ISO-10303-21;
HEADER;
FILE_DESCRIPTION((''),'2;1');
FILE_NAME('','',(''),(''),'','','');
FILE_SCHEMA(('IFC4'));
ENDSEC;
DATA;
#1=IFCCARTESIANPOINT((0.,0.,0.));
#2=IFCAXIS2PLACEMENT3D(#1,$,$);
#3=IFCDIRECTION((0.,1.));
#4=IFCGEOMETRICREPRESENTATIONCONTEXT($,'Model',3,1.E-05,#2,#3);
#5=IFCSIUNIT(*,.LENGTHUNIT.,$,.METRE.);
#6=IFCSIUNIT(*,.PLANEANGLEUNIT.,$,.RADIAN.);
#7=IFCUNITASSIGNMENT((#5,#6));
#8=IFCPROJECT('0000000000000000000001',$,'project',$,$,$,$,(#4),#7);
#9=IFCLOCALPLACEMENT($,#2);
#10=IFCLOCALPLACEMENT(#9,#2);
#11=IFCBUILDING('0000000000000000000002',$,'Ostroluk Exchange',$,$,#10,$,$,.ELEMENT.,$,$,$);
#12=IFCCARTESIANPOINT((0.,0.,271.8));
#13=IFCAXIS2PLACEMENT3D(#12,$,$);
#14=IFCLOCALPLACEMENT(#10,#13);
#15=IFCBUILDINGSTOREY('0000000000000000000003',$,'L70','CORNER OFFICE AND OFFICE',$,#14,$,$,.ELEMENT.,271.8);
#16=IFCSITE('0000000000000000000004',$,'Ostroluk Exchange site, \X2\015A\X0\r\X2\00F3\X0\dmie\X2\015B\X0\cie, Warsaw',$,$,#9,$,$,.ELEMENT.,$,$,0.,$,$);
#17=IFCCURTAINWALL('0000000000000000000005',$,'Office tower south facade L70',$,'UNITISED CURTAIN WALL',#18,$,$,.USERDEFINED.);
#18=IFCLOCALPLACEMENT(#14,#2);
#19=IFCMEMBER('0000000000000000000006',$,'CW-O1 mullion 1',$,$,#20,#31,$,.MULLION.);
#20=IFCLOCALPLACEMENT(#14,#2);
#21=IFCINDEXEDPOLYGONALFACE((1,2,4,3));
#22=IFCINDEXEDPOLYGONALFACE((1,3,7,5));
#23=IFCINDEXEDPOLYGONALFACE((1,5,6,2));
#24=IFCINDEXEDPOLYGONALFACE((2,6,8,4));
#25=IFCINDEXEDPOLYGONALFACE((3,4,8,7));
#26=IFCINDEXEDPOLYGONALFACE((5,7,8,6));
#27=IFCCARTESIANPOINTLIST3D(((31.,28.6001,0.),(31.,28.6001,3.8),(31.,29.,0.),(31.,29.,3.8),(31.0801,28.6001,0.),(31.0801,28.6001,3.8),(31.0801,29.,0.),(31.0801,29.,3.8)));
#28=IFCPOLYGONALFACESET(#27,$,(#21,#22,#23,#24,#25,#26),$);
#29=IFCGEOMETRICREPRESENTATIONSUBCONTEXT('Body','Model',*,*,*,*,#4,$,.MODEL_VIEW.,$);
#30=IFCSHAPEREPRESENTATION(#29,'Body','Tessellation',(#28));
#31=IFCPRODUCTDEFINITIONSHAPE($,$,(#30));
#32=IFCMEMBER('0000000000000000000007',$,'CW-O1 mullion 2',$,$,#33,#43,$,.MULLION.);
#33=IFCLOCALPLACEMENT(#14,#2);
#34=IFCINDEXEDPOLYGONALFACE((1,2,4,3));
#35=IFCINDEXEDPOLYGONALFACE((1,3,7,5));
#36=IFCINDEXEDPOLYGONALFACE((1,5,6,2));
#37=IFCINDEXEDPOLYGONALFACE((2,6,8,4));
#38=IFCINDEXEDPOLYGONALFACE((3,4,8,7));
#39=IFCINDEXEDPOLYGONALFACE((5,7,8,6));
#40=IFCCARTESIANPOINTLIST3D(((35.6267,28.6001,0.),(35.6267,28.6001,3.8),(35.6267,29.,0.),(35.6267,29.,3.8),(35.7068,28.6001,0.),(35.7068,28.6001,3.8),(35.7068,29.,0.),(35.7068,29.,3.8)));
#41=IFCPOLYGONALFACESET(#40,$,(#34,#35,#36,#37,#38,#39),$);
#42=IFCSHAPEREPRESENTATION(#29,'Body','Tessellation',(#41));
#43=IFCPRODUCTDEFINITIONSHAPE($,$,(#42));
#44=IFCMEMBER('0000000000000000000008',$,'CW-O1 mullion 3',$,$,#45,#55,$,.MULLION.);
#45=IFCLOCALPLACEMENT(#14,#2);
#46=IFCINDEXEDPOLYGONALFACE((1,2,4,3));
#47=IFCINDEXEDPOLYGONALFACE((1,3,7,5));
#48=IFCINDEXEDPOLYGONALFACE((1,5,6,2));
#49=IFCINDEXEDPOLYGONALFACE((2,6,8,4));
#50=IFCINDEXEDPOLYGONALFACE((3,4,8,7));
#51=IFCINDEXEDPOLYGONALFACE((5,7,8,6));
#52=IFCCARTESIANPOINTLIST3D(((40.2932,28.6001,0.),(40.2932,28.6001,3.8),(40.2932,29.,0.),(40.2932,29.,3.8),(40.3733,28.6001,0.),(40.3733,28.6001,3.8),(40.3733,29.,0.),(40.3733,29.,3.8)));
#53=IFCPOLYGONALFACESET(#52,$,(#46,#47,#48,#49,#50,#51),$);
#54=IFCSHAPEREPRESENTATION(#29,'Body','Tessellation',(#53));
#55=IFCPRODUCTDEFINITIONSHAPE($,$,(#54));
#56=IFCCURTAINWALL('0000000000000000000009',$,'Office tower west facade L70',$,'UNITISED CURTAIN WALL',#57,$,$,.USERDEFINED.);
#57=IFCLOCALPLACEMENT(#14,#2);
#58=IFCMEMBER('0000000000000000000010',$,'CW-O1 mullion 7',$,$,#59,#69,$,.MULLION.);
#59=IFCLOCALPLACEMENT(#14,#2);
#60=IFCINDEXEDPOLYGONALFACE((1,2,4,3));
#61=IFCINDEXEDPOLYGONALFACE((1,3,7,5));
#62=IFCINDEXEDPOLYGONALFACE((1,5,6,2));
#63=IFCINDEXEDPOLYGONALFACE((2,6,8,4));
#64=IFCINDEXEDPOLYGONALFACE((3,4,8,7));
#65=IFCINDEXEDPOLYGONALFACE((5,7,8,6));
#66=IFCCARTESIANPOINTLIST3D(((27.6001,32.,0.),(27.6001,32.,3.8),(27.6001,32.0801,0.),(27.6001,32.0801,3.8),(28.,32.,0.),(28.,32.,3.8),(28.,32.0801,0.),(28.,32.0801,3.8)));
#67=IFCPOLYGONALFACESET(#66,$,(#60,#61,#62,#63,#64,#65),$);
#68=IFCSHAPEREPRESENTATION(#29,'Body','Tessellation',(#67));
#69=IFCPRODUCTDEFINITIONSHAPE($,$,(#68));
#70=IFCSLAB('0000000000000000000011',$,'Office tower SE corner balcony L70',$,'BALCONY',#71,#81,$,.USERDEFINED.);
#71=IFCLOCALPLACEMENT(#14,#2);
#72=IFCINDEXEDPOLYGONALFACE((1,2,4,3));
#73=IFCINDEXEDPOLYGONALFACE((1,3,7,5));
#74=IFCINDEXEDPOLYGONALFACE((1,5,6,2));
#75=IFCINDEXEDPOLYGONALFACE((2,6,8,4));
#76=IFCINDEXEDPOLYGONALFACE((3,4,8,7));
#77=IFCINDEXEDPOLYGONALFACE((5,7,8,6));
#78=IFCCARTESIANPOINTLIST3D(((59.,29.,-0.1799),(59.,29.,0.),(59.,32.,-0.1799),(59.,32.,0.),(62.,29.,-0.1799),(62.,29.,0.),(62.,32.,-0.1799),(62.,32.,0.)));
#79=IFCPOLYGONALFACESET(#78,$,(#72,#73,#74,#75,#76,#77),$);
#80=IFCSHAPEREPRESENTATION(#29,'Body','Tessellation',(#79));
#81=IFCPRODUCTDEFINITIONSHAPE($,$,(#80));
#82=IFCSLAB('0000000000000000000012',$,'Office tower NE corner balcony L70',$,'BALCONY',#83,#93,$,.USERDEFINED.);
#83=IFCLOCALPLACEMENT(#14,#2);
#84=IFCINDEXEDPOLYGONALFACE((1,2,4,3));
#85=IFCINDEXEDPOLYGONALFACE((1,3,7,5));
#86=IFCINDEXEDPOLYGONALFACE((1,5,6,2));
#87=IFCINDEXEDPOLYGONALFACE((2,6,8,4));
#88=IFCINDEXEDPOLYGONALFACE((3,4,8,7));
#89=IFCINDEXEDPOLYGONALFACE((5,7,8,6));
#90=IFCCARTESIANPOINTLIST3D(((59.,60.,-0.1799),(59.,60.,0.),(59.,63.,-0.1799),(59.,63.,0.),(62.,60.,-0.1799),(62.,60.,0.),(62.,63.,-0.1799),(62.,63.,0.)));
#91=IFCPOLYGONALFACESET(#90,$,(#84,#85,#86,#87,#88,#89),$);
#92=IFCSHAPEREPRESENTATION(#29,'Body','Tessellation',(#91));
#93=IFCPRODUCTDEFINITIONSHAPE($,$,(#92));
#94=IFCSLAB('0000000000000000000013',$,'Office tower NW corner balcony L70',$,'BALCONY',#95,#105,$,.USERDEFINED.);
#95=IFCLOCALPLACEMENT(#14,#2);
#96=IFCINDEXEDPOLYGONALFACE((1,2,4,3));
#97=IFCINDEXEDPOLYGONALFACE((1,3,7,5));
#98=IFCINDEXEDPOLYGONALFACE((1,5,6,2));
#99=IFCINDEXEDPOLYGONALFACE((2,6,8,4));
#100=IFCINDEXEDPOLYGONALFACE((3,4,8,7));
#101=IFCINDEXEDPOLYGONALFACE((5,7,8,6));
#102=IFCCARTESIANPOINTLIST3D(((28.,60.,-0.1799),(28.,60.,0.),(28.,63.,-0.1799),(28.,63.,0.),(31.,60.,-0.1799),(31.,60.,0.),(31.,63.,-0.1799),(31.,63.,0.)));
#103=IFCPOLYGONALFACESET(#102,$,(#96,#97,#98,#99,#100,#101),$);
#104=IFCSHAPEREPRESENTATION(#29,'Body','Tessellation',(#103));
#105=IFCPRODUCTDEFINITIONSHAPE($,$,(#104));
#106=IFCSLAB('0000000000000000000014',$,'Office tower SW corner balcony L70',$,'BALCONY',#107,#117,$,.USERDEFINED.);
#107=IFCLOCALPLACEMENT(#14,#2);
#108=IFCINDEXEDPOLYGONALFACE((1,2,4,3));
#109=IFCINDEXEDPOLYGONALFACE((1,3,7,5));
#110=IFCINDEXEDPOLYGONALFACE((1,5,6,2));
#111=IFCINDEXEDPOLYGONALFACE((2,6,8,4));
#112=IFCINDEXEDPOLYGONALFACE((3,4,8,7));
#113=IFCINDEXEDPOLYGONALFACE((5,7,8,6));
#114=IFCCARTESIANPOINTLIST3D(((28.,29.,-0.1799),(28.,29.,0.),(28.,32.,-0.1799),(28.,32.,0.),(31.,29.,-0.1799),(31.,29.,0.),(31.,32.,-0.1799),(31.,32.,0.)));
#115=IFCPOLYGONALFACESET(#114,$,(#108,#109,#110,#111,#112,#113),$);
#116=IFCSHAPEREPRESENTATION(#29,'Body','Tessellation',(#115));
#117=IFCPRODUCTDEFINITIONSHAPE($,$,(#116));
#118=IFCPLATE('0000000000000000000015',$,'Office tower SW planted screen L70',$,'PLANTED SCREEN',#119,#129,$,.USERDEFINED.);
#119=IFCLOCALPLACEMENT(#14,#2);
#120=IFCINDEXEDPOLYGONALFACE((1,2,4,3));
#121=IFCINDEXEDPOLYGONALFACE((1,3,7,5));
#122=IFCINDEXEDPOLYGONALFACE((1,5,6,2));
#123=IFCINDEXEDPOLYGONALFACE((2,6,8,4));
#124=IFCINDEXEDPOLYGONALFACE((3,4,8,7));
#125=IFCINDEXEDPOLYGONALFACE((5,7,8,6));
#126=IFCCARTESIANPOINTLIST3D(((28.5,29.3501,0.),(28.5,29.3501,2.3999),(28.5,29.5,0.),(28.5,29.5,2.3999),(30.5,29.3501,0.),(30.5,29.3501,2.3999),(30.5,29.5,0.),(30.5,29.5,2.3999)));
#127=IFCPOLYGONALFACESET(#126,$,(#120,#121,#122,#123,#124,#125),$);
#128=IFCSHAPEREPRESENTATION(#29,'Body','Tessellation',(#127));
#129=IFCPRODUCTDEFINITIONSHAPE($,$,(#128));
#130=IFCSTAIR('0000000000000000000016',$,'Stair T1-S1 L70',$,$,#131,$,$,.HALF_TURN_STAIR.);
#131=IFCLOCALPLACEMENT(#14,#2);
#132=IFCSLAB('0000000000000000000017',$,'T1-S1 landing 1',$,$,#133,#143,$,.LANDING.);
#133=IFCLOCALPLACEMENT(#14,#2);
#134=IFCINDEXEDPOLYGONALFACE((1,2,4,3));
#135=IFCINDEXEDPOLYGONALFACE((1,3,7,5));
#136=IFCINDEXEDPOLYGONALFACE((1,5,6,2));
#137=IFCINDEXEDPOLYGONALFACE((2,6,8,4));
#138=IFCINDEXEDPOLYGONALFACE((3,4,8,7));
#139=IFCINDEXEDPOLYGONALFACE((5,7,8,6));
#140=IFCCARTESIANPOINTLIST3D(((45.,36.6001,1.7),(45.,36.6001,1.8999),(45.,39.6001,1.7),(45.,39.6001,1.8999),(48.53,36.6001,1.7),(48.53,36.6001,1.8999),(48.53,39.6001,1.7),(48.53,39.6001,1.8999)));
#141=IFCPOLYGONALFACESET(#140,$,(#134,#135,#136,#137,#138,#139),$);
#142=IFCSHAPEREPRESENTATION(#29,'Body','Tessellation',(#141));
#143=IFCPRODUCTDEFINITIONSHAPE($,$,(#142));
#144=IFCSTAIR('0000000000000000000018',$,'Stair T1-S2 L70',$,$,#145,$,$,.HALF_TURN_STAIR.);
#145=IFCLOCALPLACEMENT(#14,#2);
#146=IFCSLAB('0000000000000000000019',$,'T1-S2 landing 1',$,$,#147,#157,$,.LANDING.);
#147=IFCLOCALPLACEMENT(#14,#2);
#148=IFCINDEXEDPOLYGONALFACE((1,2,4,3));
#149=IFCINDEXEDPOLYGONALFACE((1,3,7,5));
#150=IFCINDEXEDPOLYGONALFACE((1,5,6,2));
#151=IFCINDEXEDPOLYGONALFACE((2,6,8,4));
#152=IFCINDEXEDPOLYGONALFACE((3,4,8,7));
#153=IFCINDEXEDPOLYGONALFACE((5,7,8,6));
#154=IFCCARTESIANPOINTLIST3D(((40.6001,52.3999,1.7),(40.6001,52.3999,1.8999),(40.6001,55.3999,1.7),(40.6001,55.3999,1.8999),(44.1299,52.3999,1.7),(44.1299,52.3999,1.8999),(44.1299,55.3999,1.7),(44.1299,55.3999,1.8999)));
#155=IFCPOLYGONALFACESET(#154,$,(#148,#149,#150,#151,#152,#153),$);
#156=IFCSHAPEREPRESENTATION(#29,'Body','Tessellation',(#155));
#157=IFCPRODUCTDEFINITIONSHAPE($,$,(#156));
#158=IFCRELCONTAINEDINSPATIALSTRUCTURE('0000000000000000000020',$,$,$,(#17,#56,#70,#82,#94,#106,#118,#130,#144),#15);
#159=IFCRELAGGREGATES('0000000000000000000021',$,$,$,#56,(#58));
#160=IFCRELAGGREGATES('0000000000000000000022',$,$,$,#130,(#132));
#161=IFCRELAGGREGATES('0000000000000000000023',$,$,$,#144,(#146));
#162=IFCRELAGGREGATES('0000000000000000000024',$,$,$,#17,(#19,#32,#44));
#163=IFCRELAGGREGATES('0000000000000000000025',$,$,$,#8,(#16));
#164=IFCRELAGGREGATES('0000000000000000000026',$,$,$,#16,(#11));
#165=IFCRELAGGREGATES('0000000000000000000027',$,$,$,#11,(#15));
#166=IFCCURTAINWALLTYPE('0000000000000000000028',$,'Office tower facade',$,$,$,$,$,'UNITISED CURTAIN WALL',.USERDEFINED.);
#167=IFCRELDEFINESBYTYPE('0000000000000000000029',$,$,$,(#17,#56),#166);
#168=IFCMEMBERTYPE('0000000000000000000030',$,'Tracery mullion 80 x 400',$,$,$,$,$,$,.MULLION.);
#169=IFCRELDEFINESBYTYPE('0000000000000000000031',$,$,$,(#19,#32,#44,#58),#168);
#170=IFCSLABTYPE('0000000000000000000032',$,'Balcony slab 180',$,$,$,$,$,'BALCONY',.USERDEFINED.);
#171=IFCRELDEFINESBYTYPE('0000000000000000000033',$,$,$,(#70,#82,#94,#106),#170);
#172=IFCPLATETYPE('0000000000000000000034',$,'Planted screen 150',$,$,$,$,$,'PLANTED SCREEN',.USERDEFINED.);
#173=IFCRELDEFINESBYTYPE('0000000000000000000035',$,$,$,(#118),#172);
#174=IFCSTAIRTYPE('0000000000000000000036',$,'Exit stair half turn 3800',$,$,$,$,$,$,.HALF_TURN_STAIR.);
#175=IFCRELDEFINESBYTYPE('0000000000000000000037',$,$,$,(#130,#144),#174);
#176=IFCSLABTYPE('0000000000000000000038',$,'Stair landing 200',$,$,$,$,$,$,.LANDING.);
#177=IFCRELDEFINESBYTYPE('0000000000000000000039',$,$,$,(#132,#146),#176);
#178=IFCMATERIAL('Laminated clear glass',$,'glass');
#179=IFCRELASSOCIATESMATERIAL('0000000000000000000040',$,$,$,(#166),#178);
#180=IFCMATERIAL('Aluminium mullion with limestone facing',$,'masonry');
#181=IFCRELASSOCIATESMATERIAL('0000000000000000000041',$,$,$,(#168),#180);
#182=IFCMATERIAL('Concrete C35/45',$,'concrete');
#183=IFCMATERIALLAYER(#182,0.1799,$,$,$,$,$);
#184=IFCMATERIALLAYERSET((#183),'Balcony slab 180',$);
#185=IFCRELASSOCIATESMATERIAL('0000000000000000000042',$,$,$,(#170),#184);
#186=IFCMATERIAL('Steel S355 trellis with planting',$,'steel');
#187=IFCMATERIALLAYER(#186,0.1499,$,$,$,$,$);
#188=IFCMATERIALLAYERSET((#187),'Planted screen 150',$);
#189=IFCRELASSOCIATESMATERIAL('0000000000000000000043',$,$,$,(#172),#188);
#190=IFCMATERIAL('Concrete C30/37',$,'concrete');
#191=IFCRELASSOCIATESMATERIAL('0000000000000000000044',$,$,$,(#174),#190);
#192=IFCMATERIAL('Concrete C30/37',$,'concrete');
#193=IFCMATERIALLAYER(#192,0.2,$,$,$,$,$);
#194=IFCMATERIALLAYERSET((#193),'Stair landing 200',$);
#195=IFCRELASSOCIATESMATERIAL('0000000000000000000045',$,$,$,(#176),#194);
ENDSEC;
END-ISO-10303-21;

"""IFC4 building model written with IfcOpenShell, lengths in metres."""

from ifc_helpers import new_model, si_unit, direction, frame, origin, origin_2d, place, context, subcontext, project, spatial, polyline, rectangle, outline, extrude, material, layer, layer_set, material_profile, profile_set, type_object, element, aggregate, save


model = new_model("IFC4")

# Units and contexts
model_context = context("Model", 3, precision=1e-05, world=origin(), true_north=direction((0.0, 1.0)))
body_context = subcontext(model_context, "Body", "Model", "MODEL_VIEW")
ifc_project = project(units=[si_unit("LENGTHUNIT", "METRE"), si_unit("PLANEANGLEUNIT", "RADIAN")], contexts=[model_context])

# Site, building, storey
site_placement = place(None, origin())
site = spatial("IfcSite", under=ifc_project, at=site_placement, Name="Ostroluk Exchange site, Śródmieście, Warsaw", CompositionType="ELEMENT", RefElevation=0.0)
building_placement = place(site_placement, origin())
building = spatial("IfcBuilding", under=site, at=building_placement, Name="Ostroluk Exchange", CompositionType="ELEMENT")
storey_placement = place(building_placement, frame((0.0, 0.0, 271.8)))
storey = spatial("IfcBuildingStorey", under=building, at=storey_placement, Name="L70", Description="CORNER OFFICE AND OFFICE", CompositionType="ELEMENT", Elevation=271.8)

# Curtain wall, members
ifc_material_1 = material(Name="Laminated clear glass", Category="glass")
curtain_wall_type = type_object("IfcCurtainWallType", Name="Office tower facade", ElementType="UNITISED CURTAIN WALL", PredefinedType="USERDEFINED", material=ifc_material_1)
curtain_wall_1_placement = place(storey_placement, origin())
curtain_wall_1 = element("IfcCurtainWall", 1, at=curtain_wall_1_placement, inside=storey, type_object=curtain_wall_type, Name="Office tower south facade L70", ObjectType="UNITISED CURTAIN WALL", PredefinedType="USERDEFINED")
ifc_material_2 = material(Name="Aluminium mullion with limestone facing", Category="masonry")
ifc_material_profile_1 = material_profile(ifc_material_2, rectangle(XDim=0.3999, YDim=0.0801, at=origin_2d()), Name="Tracery mullion 80 x 400")
ifc_profile_set_1 = profile_set([ifc_material_profile_1], Name="Aluminium mullion with limestone facing")
member_type_1 = type_object("IfcMemberType", Name="Tracery mullion 80 x 400", PredefinedType="MULLION", material=ifc_profile_set_1)
member_1_placement = place(storey_placement, frame((31.04, 28.8, 0.0), z_axis=(0.0, 0.0, 1.0), x_axis=(0.0, 1.0, 0.0)))
member_1 = element("IfcMember", 2, at=member_1_placement, type_object=member_type_1, Name="CW-O1 mullion 1", PredefinedType="MULLION", context=body_context, shape_type="SweptSolid", body=[
    extrude(rectangle(XDim=0.3999, YDim=0.0801, at=origin_2d()), origin(), (0.0, 0.0, 1.0), 3.8),
])
member_2_placement = place(storey_placement, frame((35.6667, 28.8, 0.0), z_axis=(0.0, 0.0, 1.0), x_axis=(0.0, 1.0, 0.0)))
member_2 = element("IfcMember", 3, at=member_2_placement, type_object=member_type_1, Name="CW-O1 mullion 2", PredefinedType="MULLION", context=body_context, shape_type="SweptSolid", body=[
    extrude(rectangle(XDim=0.3999, YDim=0.0801, at=origin_2d()), origin(), (0.0, 0.0, 1.0), 3.8),
])
member_3_placement = place(storey_placement, frame((40.3333, 28.8, 0.0), z_axis=(0.0, 0.0, 1.0), x_axis=(0.0, 1.0, 0.0)))
member_3 = element("IfcMember", 4, at=member_3_placement, type_object=member_type_1, Name="CW-O1 mullion 3", PredefinedType="MULLION", context=body_context, shape_type="SweptSolid", body=[
    extrude(rectangle(XDim=0.3999, YDim=0.0801, at=origin_2d()), origin(), (0.0, 0.0, 1.0), 3.8),
])

# Curtain wall, member
curtain_wall_2_placement = place(storey_placement, origin())
curtain_wall_2 = element("IfcCurtainWall", 5, at=curtain_wall_2_placement, inside=storey, type_object=curtain_wall_type, Name="Office tower west facade L70", ObjectType="UNITISED CURTAIN WALL", PredefinedType="USERDEFINED")
member_4_placement = place(storey_placement, frame((27.8, 32.04, 0.0), z_axis=(0.0, 0.0, 1.0), x_axis=(1.0, 0.0, 0.0)))
member_4 = element("IfcMember", 6, at=member_4_placement, type_object=member_type_1, Name="CW-O1 mullion 7", PredefinedType="MULLION", context=body_context, shape_type="SweptSolid", body=[
    extrude(rectangle(XDim=0.3999, YDim=0.0801, at=origin_2d()), origin(), (0.0, 0.0, 1.0), 3.8),
])
aggregate(curtain_wall_2, [member_4])

# Slabs
ifc_material_3 = material(Name="Concrete C35/45", Category="concrete")
ifc_layer_1 = layer(ifc_material_3, 0.1799)
ifc_layer_set_1 = layer_set([ifc_layer_1], Name="Balcony slab 180")
slab_type_1 = type_object("IfcSlabType", Name="Balcony slab 180", ElementType="BALCONY", PredefinedType="USERDEFINED", material=ifc_layer_set_1)
slab_1_placement = place(storey_placement, frame((0.0, 0.0, -0.1799)))
element("IfcSlab", 7, at=slab_1_placement, inside=storey, type_object=slab_type_1, Name="Office tower SE corner balcony L70", ObjectType="BALCONY", PredefinedType="USERDEFINED", context=body_context, shape_type="SweptSolid", body=[
    extrude(outline(polyline([(59.0, 29.0), (62.0, 29.0), (62.0, 32.0), (59.0, 32.0), (59.0, 29.0)])), origin(), (0.0, 0.0, 1.0), 0.1799),
])
slab_2_placement = place(storey_placement, frame((0.0, 0.0, -0.1799)))
element("IfcSlab", 8, at=slab_2_placement, inside=storey, type_object=slab_type_1, Name="Office tower NE corner balcony L70", ObjectType="BALCONY", PredefinedType="USERDEFINED", context=body_context, shape_type="SweptSolid", body=[
    extrude(outline(polyline([(59.0, 60.0), (62.0, 60.0), (62.0, 63.0), (59.0, 63.0), (59.0, 60.0)])), origin(), (0.0, 0.0, 1.0), 0.1799),
])
slab_3_placement = place(storey_placement, frame((0.0, 0.0, -0.1799)))
element("IfcSlab", 9, at=slab_3_placement, inside=storey, type_object=slab_type_1, Name="Office tower NW corner balcony L70", ObjectType="BALCONY", PredefinedType="USERDEFINED", context=body_context, shape_type="SweptSolid", body=[
    extrude(outline(polyline([(28.0, 60.0), (31.0, 60.0), (31.0, 63.0), (28.0, 63.0), (28.0, 60.0)])), origin(), (0.0, 0.0, 1.0), 0.1799),
])
slab_4_placement = place(storey_placement, frame((0.0, 0.0, -0.1799)))
element("IfcSlab", 10, at=slab_4_placement, inside=storey, type_object=slab_type_1, Name="Office tower SW corner balcony L70", ObjectType="BALCONY", PredefinedType="USERDEFINED", context=body_context, shape_type="SweptSolid", body=[
    extrude(outline(polyline([(28.0, 29.0), (31.0, 29.0), (31.0, 32.0), (28.0, 32.0), (28.0, 29.0)])), origin(), (0.0, 0.0, 1.0), 0.1799),
])

# Plate
ifc_material_4 = material(Name="Steel S355 trellis with planting", Category="steel")
ifc_layer_2 = layer(ifc_material_4, 0.1499)
ifc_layer_set_2 = layer_set([ifc_layer_2], Name="Planted screen 150")
plate_type_1 = type_object("IfcPlateType", Name="Planted screen 150", ElementType="PLANTED SCREEN", PredefinedType="USERDEFINED", material=ifc_layer_set_2)
plate_1_placement = place(storey_placement, frame((29.5, 29.425, 0.0), z_axis=(0.0, 0.0, 1.0), x_axis=(1.0, 0.0, 0.0)))
element("IfcPlate", 11, at=plate_1_placement, inside=storey, type_object=plate_type_1, Name="Office tower SW planted screen L70", ObjectType="PLANTED SCREEN", PredefinedType="USERDEFINED", context=body_context, shape_type="SweptSolid", body=[
    extrude(rectangle(XDim=2.0, YDim=0.1499, at=origin_2d()), origin(), (0.0, 0.0, 1.0), 2.3999),
])

# Stairs, slabs
ifc_material_5 = material(Name="Concrete C30/37", Category="concrete")
stair_type = type_object("IfcStairType", Name="Exit stair half turn 3800", PredefinedType="HALF_TURN_STAIR", material=ifc_material_5)
stair_1_placement = place(storey_placement, origin())
stair_1 = element("IfcStair", 12, at=stair_1_placement, inside=storey, type_object=stair_type, Name="Stair T1-S1 L70", PredefinedType="HALF_TURN_STAIR")
ifc_material_6 = material(Name="Concrete C30/37", Category="concrete")
ifc_layer_3 = layer(ifc_material_6, 0.2)
ifc_layer_set_3 = layer_set([ifc_layer_3], Name="Stair landing 200")
slab_type_2 = type_object("IfcSlabType", Name="Stair landing 200", PredefinedType="LANDING", material=ifc_layer_set_3)
slab_5_placement = place(storey_placement, frame((0.0, 0.0, 1.7)))
slab_5 = element("IfcSlab", 13, at=slab_5_placement, type_object=slab_type_2, Name="T1-S1 landing 1", PredefinedType="LANDING", context=body_context, shape_type="SweptSolid", body=[
    extrude(outline(polyline([(45.0, 36.6001), (45.0, 39.6001), (48.53, 39.6001), (48.53, 36.6001), (45.0, 36.6001)])), origin(), (0.0, 0.0, 1.0), 0.2),
])
aggregate(stair_1, [slab_5])
stair_2_placement = place(storey_placement, origin())
stair_2 = element("IfcStair", 14, at=stair_2_placement, inside=storey, type_object=stair_type, Name="Stair T1-S2 L70", PredefinedType="HALF_TURN_STAIR")
slab_6_placement = place(storey_placement, frame((0.0, 0.0, 1.7)))
slab_6 = element("IfcSlab", 15, at=slab_6_placement, type_object=slab_type_2, Name="T1-S2 landing 1", PredefinedType="LANDING", context=body_context, shape_type="SweptSolid", body=[
    extrude(outline(polyline([(44.1299, 52.3999), (44.1299, 55.3999), (40.6001, 55.3999), (40.6001, 52.3999), (44.1299, 52.3999)])), origin(), (0.0, 0.0, 1.0), 0.2),
])
aggregate(stair_2, [slab_6])

aggregate(curtain_wall_1, [member_1, member_2, member_3])

save(model, "model.ifc")
